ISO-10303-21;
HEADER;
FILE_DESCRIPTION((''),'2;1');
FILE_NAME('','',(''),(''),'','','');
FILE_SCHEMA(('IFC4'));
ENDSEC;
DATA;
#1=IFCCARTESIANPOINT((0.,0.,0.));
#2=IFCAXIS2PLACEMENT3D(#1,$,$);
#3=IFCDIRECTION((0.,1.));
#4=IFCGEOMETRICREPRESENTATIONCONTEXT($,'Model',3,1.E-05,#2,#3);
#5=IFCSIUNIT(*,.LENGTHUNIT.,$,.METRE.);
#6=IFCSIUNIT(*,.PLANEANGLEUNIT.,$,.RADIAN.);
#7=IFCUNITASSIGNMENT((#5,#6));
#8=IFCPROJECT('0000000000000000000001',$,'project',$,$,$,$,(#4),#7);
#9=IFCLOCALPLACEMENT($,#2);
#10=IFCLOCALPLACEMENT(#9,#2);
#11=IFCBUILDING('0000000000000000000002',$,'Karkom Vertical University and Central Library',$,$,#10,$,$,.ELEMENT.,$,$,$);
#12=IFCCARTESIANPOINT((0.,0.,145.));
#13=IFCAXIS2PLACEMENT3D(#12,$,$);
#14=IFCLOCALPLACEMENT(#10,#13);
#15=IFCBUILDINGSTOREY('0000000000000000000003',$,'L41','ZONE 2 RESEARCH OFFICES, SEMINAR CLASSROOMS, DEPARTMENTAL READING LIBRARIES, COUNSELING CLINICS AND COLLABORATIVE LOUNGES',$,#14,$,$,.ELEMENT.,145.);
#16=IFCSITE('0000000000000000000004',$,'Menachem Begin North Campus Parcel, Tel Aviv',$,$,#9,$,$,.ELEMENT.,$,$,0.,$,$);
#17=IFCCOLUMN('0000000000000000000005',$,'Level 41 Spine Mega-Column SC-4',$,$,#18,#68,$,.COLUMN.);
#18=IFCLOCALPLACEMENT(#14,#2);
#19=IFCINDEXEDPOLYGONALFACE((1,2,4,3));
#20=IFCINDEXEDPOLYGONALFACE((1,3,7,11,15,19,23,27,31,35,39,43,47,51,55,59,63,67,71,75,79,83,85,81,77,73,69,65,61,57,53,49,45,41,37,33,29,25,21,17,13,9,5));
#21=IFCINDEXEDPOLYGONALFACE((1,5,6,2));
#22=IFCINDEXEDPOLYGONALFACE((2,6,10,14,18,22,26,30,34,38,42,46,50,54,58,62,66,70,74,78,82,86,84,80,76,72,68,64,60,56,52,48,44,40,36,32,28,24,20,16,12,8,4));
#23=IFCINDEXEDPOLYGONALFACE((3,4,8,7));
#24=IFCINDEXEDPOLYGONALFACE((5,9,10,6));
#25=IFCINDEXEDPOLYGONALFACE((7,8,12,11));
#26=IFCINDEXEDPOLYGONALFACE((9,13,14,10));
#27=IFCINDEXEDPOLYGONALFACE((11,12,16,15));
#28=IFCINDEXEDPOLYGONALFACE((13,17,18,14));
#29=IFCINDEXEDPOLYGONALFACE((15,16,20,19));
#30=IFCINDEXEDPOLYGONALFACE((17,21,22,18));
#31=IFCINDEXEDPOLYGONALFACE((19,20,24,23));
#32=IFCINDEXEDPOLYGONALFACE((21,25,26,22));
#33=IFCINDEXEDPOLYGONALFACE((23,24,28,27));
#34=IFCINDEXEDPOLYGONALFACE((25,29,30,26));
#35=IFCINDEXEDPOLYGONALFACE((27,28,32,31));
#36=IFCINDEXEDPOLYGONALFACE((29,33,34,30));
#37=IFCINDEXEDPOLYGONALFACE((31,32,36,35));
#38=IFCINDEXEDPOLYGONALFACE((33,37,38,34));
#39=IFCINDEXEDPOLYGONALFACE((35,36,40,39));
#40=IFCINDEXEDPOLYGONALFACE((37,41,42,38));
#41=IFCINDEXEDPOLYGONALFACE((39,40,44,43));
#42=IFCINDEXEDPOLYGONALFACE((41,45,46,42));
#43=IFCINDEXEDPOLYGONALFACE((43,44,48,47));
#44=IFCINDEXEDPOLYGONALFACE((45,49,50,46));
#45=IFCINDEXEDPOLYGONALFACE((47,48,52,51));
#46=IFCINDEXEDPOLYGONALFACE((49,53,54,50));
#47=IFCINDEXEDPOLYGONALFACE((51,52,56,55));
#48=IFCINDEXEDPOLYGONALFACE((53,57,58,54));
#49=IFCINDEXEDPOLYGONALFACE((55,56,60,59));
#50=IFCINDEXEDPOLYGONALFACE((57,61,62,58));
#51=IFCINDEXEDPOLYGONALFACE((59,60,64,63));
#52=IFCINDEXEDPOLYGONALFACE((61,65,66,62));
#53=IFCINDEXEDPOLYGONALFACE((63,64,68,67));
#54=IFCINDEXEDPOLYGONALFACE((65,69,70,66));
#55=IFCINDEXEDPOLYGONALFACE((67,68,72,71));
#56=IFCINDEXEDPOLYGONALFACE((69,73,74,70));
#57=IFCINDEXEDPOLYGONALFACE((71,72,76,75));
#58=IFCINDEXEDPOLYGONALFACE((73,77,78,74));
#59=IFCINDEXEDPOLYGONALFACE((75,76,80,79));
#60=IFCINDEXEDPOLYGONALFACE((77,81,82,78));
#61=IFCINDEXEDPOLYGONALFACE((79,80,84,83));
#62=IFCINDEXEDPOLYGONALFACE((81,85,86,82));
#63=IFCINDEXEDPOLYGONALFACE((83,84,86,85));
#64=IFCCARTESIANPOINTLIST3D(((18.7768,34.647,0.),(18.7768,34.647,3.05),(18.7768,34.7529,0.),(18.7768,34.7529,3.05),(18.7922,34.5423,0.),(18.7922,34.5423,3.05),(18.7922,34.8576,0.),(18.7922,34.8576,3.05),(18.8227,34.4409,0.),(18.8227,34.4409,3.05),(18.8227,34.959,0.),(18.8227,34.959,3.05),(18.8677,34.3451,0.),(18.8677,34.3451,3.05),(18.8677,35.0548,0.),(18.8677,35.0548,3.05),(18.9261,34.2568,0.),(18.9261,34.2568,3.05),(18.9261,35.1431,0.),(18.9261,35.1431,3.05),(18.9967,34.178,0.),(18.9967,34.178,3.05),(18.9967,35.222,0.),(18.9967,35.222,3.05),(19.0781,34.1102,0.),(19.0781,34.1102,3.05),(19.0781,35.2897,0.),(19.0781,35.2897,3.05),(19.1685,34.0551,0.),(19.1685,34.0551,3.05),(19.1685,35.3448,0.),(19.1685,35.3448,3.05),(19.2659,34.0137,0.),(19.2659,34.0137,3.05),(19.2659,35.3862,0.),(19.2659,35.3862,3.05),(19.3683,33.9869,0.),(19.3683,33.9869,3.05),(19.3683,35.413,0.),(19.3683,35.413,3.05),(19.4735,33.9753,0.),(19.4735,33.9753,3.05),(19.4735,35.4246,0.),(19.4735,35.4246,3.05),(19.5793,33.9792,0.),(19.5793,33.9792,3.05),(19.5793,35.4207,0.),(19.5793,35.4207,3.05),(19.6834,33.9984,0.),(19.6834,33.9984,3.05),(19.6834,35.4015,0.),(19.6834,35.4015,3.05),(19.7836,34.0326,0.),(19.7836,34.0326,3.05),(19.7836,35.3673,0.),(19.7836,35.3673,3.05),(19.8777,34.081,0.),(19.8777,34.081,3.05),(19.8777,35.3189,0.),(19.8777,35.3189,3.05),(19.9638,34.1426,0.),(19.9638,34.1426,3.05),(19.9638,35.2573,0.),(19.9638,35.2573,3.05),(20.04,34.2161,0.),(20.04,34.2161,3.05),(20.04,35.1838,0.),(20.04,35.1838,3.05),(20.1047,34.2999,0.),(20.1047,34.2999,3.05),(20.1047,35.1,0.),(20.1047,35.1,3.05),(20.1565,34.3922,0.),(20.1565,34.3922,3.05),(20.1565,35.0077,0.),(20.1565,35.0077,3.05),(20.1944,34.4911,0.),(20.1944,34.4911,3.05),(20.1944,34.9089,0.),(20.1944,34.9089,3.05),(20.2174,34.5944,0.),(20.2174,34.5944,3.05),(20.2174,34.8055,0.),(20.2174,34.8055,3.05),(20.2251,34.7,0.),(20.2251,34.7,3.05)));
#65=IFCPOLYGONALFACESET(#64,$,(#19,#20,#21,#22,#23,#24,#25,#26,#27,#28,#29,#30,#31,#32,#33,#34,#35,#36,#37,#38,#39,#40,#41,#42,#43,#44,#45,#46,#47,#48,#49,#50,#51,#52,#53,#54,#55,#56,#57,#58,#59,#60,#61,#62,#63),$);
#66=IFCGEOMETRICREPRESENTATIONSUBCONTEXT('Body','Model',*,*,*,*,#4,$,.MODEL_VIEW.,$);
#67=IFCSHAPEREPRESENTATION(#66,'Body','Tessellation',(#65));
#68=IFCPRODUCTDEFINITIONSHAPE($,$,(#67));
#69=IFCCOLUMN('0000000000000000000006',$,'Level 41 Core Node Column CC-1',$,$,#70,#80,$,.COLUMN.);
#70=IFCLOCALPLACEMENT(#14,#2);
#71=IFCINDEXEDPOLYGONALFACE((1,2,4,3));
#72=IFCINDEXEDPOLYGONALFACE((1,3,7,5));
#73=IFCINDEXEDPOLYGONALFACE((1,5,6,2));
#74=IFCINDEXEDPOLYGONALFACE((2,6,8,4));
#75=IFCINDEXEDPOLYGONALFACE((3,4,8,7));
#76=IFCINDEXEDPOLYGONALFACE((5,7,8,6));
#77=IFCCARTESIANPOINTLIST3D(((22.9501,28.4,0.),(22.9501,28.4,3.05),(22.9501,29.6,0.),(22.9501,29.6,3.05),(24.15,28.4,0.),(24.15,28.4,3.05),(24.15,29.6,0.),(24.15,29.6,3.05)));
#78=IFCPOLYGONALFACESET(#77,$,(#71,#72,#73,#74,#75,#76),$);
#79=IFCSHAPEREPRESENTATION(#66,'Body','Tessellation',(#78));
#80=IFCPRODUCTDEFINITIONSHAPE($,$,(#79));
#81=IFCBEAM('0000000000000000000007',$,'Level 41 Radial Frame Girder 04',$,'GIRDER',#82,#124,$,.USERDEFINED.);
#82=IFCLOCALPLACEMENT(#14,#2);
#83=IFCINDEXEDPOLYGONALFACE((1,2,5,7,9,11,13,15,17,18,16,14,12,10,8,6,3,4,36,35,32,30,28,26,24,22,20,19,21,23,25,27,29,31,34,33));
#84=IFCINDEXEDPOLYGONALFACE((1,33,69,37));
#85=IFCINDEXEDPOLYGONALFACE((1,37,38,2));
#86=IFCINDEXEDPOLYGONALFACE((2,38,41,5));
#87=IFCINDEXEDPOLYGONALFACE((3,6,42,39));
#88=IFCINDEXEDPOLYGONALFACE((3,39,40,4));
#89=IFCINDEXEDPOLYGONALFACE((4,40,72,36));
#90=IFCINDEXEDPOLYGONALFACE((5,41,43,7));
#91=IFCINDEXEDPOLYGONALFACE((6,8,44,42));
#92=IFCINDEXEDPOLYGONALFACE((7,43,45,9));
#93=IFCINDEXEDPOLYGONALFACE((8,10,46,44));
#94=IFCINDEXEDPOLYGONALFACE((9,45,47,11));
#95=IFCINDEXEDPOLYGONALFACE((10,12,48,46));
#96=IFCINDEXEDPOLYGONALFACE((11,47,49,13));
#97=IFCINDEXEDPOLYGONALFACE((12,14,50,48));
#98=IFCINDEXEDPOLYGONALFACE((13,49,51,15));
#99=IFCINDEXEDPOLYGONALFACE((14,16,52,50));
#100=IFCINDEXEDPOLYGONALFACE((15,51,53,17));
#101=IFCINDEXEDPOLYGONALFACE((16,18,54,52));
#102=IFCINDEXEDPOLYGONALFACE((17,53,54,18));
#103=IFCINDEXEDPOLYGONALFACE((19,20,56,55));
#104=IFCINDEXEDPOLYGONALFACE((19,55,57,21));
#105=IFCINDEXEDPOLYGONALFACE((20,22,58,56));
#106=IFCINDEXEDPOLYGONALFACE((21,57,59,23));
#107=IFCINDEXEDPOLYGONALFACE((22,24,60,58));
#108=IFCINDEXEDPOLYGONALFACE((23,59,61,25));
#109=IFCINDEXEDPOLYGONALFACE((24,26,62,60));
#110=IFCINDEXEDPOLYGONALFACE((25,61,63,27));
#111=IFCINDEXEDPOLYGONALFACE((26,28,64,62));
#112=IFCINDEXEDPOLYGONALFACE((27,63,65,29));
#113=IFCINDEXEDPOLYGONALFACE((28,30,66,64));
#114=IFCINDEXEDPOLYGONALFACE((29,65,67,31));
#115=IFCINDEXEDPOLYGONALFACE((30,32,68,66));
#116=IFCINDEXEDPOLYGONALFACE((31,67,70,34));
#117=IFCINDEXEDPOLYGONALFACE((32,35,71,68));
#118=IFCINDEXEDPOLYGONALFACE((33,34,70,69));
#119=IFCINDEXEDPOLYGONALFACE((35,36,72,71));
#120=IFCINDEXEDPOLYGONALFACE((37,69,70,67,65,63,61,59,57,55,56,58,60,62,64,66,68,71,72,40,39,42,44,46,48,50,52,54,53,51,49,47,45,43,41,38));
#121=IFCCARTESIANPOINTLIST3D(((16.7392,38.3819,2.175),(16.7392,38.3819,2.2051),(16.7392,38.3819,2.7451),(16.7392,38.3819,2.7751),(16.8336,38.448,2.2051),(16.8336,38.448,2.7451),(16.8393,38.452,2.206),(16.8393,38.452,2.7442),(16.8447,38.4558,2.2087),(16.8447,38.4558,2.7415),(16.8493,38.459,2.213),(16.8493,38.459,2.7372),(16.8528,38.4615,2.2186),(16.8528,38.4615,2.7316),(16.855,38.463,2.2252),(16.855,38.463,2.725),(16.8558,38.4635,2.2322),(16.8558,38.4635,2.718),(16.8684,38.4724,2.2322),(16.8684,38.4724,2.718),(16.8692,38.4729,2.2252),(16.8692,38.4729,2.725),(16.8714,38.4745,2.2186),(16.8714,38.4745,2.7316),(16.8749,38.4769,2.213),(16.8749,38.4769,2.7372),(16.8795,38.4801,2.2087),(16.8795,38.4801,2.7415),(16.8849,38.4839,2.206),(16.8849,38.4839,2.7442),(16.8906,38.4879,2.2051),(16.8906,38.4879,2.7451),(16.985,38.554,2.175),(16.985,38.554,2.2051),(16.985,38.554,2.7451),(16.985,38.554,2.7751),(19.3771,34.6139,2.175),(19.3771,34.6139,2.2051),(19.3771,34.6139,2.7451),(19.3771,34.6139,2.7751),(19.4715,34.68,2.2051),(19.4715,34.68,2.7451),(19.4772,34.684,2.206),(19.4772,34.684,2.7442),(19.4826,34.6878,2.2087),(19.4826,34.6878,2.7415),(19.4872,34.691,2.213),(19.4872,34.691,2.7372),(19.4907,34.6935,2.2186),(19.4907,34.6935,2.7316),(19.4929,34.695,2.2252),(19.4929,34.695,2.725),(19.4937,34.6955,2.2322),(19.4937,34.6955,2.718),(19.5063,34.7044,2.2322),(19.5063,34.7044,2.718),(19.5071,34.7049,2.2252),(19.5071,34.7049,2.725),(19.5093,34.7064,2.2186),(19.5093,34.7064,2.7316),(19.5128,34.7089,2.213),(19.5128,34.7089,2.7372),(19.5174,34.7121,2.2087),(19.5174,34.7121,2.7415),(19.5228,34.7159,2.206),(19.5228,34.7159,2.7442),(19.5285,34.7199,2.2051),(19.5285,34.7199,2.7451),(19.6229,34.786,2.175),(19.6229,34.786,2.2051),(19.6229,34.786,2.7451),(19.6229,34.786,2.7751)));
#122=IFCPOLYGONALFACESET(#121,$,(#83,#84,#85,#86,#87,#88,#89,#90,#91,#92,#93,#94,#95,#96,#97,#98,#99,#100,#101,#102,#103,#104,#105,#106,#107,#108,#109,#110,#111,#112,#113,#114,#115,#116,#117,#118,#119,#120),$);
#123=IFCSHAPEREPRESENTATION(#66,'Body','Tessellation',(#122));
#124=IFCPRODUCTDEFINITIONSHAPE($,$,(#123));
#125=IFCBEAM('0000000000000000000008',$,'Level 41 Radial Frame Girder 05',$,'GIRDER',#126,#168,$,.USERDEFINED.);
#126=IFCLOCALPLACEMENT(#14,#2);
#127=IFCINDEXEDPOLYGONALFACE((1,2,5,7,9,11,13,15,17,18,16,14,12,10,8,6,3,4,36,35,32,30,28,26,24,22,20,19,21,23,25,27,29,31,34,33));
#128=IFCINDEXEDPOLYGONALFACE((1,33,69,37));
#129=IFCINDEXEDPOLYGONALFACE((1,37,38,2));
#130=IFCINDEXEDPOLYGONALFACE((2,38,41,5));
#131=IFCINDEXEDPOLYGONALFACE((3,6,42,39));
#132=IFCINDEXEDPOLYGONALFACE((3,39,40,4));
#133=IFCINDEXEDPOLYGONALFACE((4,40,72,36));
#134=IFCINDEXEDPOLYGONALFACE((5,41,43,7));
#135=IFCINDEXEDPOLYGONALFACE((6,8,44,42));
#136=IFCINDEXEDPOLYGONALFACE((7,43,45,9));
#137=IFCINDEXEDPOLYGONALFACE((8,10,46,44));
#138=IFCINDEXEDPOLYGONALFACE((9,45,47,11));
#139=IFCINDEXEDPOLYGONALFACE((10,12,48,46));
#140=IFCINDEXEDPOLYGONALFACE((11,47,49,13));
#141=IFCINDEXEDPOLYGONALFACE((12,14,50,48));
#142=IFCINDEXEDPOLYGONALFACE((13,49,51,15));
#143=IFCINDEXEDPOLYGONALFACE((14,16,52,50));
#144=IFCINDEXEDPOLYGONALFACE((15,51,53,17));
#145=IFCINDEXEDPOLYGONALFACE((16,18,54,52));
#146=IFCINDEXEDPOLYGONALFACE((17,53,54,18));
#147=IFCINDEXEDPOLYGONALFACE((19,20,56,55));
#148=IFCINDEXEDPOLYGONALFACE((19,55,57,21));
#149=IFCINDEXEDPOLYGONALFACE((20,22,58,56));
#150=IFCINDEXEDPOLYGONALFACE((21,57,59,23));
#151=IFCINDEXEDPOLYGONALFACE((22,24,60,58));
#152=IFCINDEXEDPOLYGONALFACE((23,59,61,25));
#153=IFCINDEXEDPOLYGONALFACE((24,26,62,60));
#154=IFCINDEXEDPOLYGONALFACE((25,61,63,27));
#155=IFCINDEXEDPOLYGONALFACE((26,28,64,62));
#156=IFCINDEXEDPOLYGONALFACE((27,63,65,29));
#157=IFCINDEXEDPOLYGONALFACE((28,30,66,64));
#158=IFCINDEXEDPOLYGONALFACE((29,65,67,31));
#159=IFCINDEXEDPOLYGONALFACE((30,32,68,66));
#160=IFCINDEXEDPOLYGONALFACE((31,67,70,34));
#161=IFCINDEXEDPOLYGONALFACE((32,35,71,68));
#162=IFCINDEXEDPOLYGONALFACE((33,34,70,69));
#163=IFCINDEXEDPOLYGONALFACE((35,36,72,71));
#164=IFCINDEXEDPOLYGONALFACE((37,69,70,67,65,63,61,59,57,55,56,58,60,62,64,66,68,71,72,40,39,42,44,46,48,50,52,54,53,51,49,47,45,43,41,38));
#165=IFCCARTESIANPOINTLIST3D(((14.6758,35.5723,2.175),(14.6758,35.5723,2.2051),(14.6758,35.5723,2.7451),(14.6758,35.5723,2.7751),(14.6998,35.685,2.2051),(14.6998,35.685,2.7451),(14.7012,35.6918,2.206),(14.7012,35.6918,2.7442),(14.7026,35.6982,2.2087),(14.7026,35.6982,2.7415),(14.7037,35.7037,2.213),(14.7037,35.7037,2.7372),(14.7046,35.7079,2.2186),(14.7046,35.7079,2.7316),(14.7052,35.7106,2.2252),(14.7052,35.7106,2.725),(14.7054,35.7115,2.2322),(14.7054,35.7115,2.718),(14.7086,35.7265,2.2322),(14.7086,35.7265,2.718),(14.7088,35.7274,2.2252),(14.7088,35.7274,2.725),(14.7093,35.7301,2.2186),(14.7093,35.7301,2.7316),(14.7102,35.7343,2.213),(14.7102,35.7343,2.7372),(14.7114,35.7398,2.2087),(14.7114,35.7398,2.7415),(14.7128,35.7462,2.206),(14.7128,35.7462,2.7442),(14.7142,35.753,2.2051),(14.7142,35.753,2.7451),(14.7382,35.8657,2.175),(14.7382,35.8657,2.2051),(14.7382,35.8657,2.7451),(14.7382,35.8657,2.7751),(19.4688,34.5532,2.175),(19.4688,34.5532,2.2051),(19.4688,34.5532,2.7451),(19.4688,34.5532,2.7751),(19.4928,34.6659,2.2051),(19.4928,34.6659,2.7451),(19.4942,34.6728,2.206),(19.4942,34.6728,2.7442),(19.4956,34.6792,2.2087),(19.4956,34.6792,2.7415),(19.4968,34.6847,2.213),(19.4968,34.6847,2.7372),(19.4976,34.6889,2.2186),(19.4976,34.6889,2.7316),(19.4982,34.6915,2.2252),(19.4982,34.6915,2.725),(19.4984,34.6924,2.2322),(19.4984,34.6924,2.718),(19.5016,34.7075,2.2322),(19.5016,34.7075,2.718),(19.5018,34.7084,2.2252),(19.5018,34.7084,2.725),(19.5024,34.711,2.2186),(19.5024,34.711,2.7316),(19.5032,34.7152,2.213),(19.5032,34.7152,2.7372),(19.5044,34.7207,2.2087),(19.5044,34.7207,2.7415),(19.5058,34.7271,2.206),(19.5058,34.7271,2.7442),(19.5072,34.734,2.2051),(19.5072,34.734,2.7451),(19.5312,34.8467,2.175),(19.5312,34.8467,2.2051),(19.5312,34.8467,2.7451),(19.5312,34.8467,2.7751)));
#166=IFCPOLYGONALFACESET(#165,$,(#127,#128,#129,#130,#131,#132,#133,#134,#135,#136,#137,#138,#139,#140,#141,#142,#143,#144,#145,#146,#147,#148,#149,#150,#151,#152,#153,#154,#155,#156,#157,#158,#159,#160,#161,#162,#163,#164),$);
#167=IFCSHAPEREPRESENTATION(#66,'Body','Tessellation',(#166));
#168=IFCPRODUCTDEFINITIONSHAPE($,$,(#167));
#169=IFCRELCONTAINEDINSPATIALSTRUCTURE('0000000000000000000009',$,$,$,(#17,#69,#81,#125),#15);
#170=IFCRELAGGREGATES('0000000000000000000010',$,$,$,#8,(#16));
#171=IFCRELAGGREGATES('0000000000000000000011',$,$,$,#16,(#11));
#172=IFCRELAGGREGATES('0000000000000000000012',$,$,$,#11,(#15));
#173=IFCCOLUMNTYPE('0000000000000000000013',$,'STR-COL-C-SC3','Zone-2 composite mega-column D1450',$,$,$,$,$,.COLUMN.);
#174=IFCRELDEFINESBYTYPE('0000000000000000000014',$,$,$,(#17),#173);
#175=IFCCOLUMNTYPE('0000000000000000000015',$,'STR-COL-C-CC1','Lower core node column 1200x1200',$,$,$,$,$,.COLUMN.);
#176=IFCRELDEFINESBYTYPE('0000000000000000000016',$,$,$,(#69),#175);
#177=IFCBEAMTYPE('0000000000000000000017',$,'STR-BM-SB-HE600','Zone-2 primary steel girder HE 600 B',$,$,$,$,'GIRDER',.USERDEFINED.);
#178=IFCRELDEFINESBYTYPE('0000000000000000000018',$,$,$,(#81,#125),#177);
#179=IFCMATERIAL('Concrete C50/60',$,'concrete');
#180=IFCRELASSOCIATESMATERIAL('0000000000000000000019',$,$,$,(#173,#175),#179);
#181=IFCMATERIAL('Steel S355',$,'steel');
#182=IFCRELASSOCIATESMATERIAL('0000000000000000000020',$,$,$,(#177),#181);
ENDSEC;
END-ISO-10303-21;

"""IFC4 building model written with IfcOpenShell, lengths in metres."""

from ifc_helpers import new_model, si_unit, direction, frame, origin, origin_with_axes, origin_2d, place, context, subcontext, project, spatial, rectangle, circle, i_section, extrude, source, transform, mapped, material, material_profile, profile_set, type_object, element, save


model = new_model("IFC4")

# Units and contexts
model_context = context("Model", 3, precision=1e-05, world=origin(), true_north=direction((0.0, 1.0)))
body_context = subcontext(model_context, "Body", "Model", "MODEL_VIEW")
ifc_project = project(units=[si_unit("LENGTHUNIT", "METRE"), si_unit("PLANEANGLEUNIT", "RADIAN")], contexts=[model_context])

# Site, building, storey
site_placement = place(None, origin())
site = spatial("IfcSite", under=ifc_project, at=site_placement, Name="Menachem Begin North Campus Parcel, Tel Aviv", CompositionType="ELEMENT", RefElevation=0.0)
building_placement = place(site_placement, origin())
building = spatial("IfcBuilding", under=site, at=building_placement, Name="Karkom Vertical University and Central Library", CompositionType="ELEMENT")
storey_placement = place(building_placement, frame((0.0, 0.0, 145.0)))
storey = spatial("IfcBuildingStorey", under=building, at=storey_placement, Name="L41", Description="ZONE 2 RESEARCH OFFICES, SEMINAR CLASSROOMS, DEPARTMENTAL READING LIBRARIES, COUNSELING CLINICS AND COLLABORATIVE LOUNGES", CompositionType="ELEMENT", Elevation=145.0)

# Columns
ifc_material_1 = material(Name="Concrete C50/60", Category="concrete")
ifc_material_profile_1 = material_profile(ifc_material_1, circle(Radius=0.7251, at=origin_2d()), Name="CFT-D1450")
ifc_profile_set_1 = profile_set([ifc_material_profile_1], Name="Concrete C50/60")
column_type_1 = type_object("IfcColumnType", Name="STR-COL-C-SC3", Description="Zone-2 composite mega-column D1450", PredefinedType="COLUMN", material=ifc_profile_set_1)
shared_shape_1 = source(origin_with_axes(), body_context, "Body", "SweptSolid", [
    extrude(circle(Radius=0.7251, at=origin_2d()), origin(), (0.0, 0.0, 1.0), 3.05),
])
column_1_placement = place(storey_placement, frame((19.5, 34.7, 0.0), z_axis=(0.0, 0.0, 1.0), x_axis=(1.0, 0.0, 0.0)))
element("IfcColumn", 1, at=column_1_placement, inside=storey, type_object=column_type_1, Name="Level 41 Spine Mega-Column SC-4", PredefinedType="COLUMN", context=body_context, shape_type="MappedRepresentation", body=[
    mapped(shared_shape_1, transform((0.0, 0.0, 0.0), scale=1.0)),
])
ifc_material_profile_2 = material_profile(ifc_material_1, rectangle(XDim=1.2, YDim=1.2, at=origin_2d()), Name="RC-1200x1200")
ifc_profile_set_2 = profile_set([ifc_material_profile_2], Name="Concrete C50/60")
column_type_2 = type_object("IfcColumnType", Name="STR-COL-C-CC1", Description="Lower core node column 1200x1200", PredefinedType="COLUMN", material=ifc_profile_set_2)
shared_shape_2 = source(origin_with_axes(), body_context, "Body", "SweptSolid", [
    extrude(rectangle(XDim=1.2, YDim=1.2, at=origin_2d()), origin(), (0.0, 0.0, 1.0), 3.05),
])
column_2_placement = place(storey_placement, frame((23.55, 29.0, 0.0), z_axis=(0.0, 0.0, 1.0), x_axis=(1.0, 0.0, 0.0)))
element("IfcColumn", 2, at=column_2_placement, inside=storey, type_object=column_type_2, Name="Level 41 Core Node Column CC-1", PredefinedType="COLUMN", context=body_context, shape_type="MappedRepresentation", body=[
    mapped(shared_shape_2, transform((0.0, 0.0, 0.0), scale=1.0)),
])

# Beams
ifc_material_2 = material(Name="Steel S355", Category="steel")
ifc_material_profile_3 = material_profile(ifc_material_2, i_section(OverallWidth=0.3, OverallDepth=0.6001, WebThickness=0.0154, FlangeThickness=0.03, FilletRadius=0.0271, at=origin_2d()), Name="HE 600 B")
ifc_profile_set_3 = profile_set([ifc_material_profile_3], Name="Steel S355")
beam_type = type_object("IfcBeamType", Name="STR-BM-SB-HE600", Description="Zone-2 primary steel girder HE 600 B", ElementType="GIRDER", PredefinedType="USERDEFINED", material=ifc_profile_set_3)
shared_shape_3 = source(origin_with_axes(), body_context, "Body", "SweptSolid", [
    extrude(i_section(OverallWidth=0.3, OverallDepth=0.6001, WebThickness=0.0154, FlangeThickness=0.03, FilletRadius=0.0271, at=origin_2d()), origin(), (0.0, 0.0, 1.0), 4.5996),
])
beam_1_placement = place(storey_placement, frame((19.5, 34.7, 2.4751), z_axis=(-0.573505, 0.819202, 0.0), x_axis=(-0.819202, -0.573505, 0.0)))
element("IfcBeam", 3, at=beam_1_placement, inside=storey, type_object=beam_type, Name="Level 41 Radial Frame Girder 04", ObjectType="GIRDER", PredefinedType="USERDEFINED", context=body_context, shape_type="MappedRepresentation", body=[
    mapped(shared_shape_3, transform((0.0, 0.0, 0.0), scale=1.0)),
])
shared_shape_4 = source(origin_with_axes(), body_context, "Body", "SweptSolid", [
    extrude(i_section(OverallWidth=0.3, OverallDepth=0.6001, WebThickness=0.0154, FlangeThickness=0.03, FilletRadius=0.0271, at=origin_2d()), origin(), (0.0, 0.0, 1.0), 4.9001),
])
beam_2_placement = place(storey_placement, frame((19.5, 34.7, 2.4751), z_axis=(-0.978137, 0.207964, 0.0), x_axis=(-0.207964, -0.978137, 0.0)))
element("IfcBeam", 4, at=beam_2_placement, inside=storey, type_object=beam_type, Name="Level 41 Radial Frame Girder 05", ObjectType="GIRDER", PredefinedType="USERDEFINED", context=body_context, shape_type="MappedRepresentation", body=[
    mapped(shared_shape_4, transform((0.0, 0.0, 0.0), scale=1.0)),
])

save(model, "model.ifc")
